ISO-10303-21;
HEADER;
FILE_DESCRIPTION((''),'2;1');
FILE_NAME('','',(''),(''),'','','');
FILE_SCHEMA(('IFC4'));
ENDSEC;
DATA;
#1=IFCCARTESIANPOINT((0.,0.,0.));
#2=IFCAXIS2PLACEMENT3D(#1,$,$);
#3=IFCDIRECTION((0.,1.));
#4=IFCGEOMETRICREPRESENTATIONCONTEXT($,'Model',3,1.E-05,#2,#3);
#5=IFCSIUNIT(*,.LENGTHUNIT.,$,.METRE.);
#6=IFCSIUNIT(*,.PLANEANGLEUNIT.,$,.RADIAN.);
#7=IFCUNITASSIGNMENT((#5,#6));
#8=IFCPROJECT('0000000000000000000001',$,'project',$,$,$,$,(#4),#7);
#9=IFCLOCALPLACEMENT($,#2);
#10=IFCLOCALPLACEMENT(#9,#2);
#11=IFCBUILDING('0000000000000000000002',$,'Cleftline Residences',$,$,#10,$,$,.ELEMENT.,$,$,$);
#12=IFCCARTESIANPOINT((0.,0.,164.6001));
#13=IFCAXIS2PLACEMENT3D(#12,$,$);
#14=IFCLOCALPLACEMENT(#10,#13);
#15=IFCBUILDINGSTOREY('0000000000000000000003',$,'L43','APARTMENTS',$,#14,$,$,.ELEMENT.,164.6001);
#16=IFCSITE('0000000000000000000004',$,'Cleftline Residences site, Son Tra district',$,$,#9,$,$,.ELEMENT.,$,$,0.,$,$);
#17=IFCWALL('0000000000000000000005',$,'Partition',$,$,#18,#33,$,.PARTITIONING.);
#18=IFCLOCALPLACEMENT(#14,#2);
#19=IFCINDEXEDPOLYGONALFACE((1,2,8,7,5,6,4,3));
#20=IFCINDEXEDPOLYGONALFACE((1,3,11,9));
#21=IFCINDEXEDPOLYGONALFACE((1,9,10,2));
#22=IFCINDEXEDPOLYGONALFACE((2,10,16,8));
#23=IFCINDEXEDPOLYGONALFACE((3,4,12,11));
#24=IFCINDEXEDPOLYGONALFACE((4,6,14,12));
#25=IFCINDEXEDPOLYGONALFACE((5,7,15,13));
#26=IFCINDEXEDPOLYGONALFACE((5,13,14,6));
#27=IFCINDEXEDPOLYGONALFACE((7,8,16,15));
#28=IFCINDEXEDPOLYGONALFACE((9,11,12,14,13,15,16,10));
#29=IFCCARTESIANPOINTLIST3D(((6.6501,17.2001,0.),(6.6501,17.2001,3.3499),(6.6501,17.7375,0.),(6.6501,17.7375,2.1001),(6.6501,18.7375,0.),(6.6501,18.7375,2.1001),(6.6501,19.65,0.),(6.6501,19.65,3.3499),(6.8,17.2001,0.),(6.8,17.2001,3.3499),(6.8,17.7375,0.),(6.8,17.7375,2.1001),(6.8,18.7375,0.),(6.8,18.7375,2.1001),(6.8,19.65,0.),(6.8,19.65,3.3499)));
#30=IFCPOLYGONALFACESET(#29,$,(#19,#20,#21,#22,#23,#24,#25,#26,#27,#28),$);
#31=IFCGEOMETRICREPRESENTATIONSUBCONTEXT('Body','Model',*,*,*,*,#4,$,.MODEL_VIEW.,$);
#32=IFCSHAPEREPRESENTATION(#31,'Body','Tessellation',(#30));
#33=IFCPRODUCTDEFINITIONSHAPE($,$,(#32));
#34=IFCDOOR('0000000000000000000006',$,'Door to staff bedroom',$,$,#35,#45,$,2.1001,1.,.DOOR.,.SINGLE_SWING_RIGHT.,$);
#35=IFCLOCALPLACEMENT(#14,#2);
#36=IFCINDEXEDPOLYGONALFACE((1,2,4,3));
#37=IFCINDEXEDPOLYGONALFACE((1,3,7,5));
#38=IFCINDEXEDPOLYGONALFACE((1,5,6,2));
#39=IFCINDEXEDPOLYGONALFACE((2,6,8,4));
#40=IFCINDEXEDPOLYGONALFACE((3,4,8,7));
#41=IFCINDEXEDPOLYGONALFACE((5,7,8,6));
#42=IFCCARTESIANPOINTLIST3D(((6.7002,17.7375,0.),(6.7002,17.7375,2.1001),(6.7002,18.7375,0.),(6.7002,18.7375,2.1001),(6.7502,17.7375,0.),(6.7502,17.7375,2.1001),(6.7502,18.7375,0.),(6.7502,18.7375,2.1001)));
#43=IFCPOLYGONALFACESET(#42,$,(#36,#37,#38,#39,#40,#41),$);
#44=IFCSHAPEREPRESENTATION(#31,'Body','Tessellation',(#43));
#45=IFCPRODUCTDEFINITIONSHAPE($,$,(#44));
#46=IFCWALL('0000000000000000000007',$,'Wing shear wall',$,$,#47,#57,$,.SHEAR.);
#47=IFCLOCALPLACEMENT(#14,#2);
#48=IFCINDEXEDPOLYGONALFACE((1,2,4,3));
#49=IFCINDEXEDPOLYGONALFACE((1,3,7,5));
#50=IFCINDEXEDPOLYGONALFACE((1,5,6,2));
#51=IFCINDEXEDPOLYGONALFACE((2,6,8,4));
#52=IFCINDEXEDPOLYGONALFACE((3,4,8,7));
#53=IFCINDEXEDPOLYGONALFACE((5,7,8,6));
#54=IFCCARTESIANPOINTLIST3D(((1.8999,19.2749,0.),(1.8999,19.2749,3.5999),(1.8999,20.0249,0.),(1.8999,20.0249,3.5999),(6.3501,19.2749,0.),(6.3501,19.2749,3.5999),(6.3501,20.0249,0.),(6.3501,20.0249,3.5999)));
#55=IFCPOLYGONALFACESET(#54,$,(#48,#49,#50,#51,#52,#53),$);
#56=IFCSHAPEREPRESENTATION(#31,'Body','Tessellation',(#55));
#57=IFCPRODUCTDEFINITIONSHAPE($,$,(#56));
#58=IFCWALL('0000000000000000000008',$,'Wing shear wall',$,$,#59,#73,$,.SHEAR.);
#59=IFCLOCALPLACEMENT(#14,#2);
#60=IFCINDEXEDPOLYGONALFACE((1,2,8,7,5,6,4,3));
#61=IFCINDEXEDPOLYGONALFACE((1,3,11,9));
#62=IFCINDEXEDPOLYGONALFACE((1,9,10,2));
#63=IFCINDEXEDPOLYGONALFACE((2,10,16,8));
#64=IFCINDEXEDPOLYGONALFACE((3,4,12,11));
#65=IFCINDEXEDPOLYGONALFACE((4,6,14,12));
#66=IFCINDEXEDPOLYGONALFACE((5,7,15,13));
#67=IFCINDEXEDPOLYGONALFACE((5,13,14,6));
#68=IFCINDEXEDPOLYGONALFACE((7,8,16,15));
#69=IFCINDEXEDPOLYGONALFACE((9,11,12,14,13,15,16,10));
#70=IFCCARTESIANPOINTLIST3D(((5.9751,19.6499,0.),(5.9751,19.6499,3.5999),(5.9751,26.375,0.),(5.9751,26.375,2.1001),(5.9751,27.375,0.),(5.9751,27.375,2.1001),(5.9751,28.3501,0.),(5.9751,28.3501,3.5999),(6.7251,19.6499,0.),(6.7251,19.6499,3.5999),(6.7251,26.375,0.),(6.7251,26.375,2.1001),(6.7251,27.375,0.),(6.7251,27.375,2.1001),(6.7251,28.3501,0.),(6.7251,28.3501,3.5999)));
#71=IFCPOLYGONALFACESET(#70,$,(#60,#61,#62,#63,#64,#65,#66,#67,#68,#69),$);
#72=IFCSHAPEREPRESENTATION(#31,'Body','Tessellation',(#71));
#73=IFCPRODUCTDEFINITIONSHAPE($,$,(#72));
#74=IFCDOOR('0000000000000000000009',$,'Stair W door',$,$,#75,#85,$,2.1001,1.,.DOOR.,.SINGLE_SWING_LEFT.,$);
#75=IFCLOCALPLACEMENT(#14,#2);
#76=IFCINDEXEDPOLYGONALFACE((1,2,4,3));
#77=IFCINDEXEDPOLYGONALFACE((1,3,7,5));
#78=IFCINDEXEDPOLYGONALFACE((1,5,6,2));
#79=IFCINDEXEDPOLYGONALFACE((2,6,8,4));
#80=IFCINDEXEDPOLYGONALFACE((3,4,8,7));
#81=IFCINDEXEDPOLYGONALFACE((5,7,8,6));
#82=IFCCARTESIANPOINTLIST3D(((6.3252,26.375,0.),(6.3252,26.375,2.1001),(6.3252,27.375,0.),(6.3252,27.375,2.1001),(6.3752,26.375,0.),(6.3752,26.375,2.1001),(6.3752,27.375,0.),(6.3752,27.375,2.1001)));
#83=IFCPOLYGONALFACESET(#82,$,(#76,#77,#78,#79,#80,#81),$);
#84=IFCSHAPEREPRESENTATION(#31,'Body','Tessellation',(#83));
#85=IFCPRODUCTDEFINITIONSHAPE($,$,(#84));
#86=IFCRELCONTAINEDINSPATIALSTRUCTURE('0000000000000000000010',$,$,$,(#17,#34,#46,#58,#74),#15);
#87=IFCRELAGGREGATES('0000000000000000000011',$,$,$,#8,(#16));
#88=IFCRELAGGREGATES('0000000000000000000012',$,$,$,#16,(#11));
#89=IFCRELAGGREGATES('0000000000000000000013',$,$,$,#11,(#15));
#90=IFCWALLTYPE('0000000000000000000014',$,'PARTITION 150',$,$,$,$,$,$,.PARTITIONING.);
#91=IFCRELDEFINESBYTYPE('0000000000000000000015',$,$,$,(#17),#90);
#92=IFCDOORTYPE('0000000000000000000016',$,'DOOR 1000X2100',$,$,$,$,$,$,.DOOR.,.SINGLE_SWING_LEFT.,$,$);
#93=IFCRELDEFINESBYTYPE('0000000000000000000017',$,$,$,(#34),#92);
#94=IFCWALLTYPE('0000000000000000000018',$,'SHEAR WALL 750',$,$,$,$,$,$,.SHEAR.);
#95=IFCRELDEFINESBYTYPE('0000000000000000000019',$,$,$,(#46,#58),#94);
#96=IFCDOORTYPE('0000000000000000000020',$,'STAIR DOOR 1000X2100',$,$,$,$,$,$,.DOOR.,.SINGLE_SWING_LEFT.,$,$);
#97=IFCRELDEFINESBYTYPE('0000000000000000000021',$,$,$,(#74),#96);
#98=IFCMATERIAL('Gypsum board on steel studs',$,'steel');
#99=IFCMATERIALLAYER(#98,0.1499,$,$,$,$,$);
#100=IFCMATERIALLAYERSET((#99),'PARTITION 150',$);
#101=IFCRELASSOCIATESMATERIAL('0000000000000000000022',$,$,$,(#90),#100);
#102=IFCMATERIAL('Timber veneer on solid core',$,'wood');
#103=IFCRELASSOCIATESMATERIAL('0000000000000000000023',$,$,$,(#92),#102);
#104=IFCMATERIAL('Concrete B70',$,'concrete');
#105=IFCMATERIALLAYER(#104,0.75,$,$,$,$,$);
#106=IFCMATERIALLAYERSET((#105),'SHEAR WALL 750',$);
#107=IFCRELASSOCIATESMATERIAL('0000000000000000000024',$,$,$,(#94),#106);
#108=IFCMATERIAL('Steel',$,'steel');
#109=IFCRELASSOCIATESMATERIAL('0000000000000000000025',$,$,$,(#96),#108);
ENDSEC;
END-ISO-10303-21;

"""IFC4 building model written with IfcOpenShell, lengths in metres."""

from ifc_helpers import new_model, si_unit, direction, frame, frame_2d, origin, place, context, subcontext, project, spatial, rectangle, extrude, material, layer, layer_set, type_object, element, fill, save


model = new_model("IFC4")

# Units and contexts
model_context = context("Model", 3, precision=1e-05, world=origin(), true_north=direction((0.0, 1.0)))
body_context = subcontext(model_context, "Body", "Model", "MODEL_VIEW")
ifc_project = project(units=[si_unit("LENGTHUNIT", "METRE"), si_unit("PLANEANGLEUNIT", "RADIAN")], contexts=[model_context])

# Site, building, storey
site_placement = place(None, origin())
site = spatial("IfcSite", under=ifc_project, at=site_placement, Name="Cleftline Residences site, Son Tra district", CompositionType="ELEMENT", RefElevation=0.0)
building_placement = place(site_placement, origin())
building = spatial("IfcBuilding", under=site, at=building_placement, Name="Cleftline Residences", CompositionType="ELEMENT")
storey_placement = place(building_placement, frame((0.0, 0.0, 164.6001)))
storey = spatial("IfcBuildingStorey", under=building, at=storey_placement, Name="L43", Description="APARTMENTS", CompositionType="ELEMENT", Elevation=164.6001)

# Wall, opening, door
ifc_material_1 = material(Name="Gypsum board on steel studs", Category="steel")
ifc_layer_1 = layer(ifc_material_1, 0.1499)
ifc_layer_set_1 = layer_set([ifc_layer_1], Name="PARTITION 150")
wall_type_1 = type_object("IfcWallType", Name="PARTITION 150", PredefinedType="PARTITIONING", material=ifc_layer_set_1)
wall_1_placement = place(storey_placement, frame((6.7251, 17.2, 0.0), z_axis=(0.0, 0.0, 1.0), x_axis=(0.0, 1.0, 0.0)))
wall_1 = element("IfcWall", 1, at=wall_1_placement, inside=storey, type_object=wall_type_1, Name="Partition", PredefinedType="PARTITIONING", context=body_context, shape_type="SweptSolid", body=[
    extrude(rectangle(XDim=2.45, YDim=0.1499, at=frame_2d((1.2251, 0.0))), origin(), (0.0, 0.0, 1.0), 3.3499),
])
opening_1_placement = place(wall_1_placement, frame((0.5376, 0.0, 0.0)))
opening_1 = element("IfcOpeningElement", 2, at=opening_1_placement, cuts=wall_1, PredefinedType="OPENING", context=body_context, shape_type="SweptSolid", body=[
    extrude(rectangle(XDim=1.0, YDim=2.1001, at=frame_2d((0.5, 1.05))), frame((0.0, 0.085, 0.0), z_axis=(0.0, -1.0, 0.0), x_axis=(1.0, 0.0, 0.0)), (0.0, 0.0, 1.0), 0.1699),
])
ifc_material_2 = material(Name="Timber veneer on solid core", Category="wood")
door_type_1 = type_object("IfcDoorType", Name="DOOR 1000X2100", OperationType="SINGLE_SWING_LEFT", PredefinedType="DOOR", material=ifc_material_2)
door_1_placement = place(opening_1_placement, origin())
door_1 = element("IfcDoor", 3, at=door_1_placement, inside=storey, type_object=door_type_1, Name="Door to staff bedroom", OperationType="SINGLE_SWING_RIGHT", OverallHeight=2.1001, OverallWidth=1.0, PredefinedType="DOOR", context=body_context, shape_type="SweptSolid", body=[
    extrude(rectangle(XDim=1.0, YDim=2.1001, at=frame_2d((0.5, 1.05))), frame((0.0, 0.0249, 0.0), z_axis=(0.0, -1.0, 0.0), x_axis=(1.0, 0.0, 0.0)), (0.0, 0.0, 1.0), 0.05),
])
fill(opening_1, door_1)

# Wall
ifc_material_3 = material(Name="Concrete B70", Category="concrete")
ifc_layer_2 = layer(ifc_material_3, 0.75)
ifc_layer_set_2 = layer_set([ifc_layer_2], Name="SHEAR WALL 750")
wall_type_2 = type_object("IfcWallType", Name="SHEAR WALL 750", PredefinedType="SHEAR", material=ifc_layer_set_2)
wall_2_placement = place(storey_placement, frame((1.8999, 19.6499, 0.0), z_axis=(0.0, 0.0, 1.0), x_axis=(1.0, 0.0, 0.0)))
element("IfcWall", 4, at=wall_2_placement, inside=storey, type_object=wall_type_2, Name="Wing shear wall", PredefinedType="SHEAR", context=body_context, shape_type="SweptSolid", body=[
    extrude(rectangle(XDim=4.4502, YDim=0.75, at=frame_2d((2.2251, 0.0))), origin(), (0.0, 0.0, 1.0), 3.5999),
])

# Wall, opening, door
wall_3_placement = place(storey_placement, frame((6.3501, 19.6499, 0.0), z_axis=(0.0, 0.0, 1.0), x_axis=(0.0, 1.0, 0.0)))
wall_3 = element("IfcWall", 5, at=wall_3_placement, inside=storey, type_object=wall_type_2, Name="Wing shear wall", PredefinedType="SHEAR", context=body_context, shape_type="SweptSolid", body=[
    extrude(rectangle(XDim=8.7002, YDim=0.75, at=frame_2d((4.3501, 0.0))), origin(), (0.0, 0.0, 1.0), 3.5999),
])
opening_2_placement = place(wall_3_placement, frame((6.7251, 0.0, 0.0)))
opening_2 = element("IfcOpeningElement", 6, at=opening_2_placement, cuts=wall_3, PredefinedType="OPENING", context=body_context, shape_type="SweptSolid", body=[
    extrude(rectangle(XDim=1.0, YDim=2.1001, at=frame_2d((0.5, 1.05))), frame((0.0, 0.385, 0.0), z_axis=(0.0, -1.0, 0.0), x_axis=(1.0, 0.0, 0.0)), (0.0, 0.0, 1.0), 0.77),
])
ifc_material_4 = material(Name="Steel", Category="steel")
door_type_2 = type_object("IfcDoorType", Name="STAIR DOOR 1000X2100", OperationType="SINGLE_SWING_LEFT", PredefinedType="DOOR", material=ifc_material_4)
door_2_placement = place(opening_2_placement, origin())
door_2 = element("IfcDoor", 7, at=door_2_placement, inside=storey, type_object=door_type_2, Name="Stair W door", OperationType="SINGLE_SWING_LEFT", OverallHeight=2.1001, OverallWidth=1.0, PredefinedType="DOOR", context=body_context, shape_type="SweptSolid", body=[
    extrude(rectangle(XDim=1.0, YDim=2.1001, at=frame_2d((0.5, 1.05))), frame((0.0, 0.0249, 0.0), z_axis=(0.0, -1.0, 0.0), x_axis=(1.0, 0.0, 0.0)), (0.0, 0.0, 1.0), 0.05),
])
fill(opening_2, door_2)

save(model, "model.ifc")
